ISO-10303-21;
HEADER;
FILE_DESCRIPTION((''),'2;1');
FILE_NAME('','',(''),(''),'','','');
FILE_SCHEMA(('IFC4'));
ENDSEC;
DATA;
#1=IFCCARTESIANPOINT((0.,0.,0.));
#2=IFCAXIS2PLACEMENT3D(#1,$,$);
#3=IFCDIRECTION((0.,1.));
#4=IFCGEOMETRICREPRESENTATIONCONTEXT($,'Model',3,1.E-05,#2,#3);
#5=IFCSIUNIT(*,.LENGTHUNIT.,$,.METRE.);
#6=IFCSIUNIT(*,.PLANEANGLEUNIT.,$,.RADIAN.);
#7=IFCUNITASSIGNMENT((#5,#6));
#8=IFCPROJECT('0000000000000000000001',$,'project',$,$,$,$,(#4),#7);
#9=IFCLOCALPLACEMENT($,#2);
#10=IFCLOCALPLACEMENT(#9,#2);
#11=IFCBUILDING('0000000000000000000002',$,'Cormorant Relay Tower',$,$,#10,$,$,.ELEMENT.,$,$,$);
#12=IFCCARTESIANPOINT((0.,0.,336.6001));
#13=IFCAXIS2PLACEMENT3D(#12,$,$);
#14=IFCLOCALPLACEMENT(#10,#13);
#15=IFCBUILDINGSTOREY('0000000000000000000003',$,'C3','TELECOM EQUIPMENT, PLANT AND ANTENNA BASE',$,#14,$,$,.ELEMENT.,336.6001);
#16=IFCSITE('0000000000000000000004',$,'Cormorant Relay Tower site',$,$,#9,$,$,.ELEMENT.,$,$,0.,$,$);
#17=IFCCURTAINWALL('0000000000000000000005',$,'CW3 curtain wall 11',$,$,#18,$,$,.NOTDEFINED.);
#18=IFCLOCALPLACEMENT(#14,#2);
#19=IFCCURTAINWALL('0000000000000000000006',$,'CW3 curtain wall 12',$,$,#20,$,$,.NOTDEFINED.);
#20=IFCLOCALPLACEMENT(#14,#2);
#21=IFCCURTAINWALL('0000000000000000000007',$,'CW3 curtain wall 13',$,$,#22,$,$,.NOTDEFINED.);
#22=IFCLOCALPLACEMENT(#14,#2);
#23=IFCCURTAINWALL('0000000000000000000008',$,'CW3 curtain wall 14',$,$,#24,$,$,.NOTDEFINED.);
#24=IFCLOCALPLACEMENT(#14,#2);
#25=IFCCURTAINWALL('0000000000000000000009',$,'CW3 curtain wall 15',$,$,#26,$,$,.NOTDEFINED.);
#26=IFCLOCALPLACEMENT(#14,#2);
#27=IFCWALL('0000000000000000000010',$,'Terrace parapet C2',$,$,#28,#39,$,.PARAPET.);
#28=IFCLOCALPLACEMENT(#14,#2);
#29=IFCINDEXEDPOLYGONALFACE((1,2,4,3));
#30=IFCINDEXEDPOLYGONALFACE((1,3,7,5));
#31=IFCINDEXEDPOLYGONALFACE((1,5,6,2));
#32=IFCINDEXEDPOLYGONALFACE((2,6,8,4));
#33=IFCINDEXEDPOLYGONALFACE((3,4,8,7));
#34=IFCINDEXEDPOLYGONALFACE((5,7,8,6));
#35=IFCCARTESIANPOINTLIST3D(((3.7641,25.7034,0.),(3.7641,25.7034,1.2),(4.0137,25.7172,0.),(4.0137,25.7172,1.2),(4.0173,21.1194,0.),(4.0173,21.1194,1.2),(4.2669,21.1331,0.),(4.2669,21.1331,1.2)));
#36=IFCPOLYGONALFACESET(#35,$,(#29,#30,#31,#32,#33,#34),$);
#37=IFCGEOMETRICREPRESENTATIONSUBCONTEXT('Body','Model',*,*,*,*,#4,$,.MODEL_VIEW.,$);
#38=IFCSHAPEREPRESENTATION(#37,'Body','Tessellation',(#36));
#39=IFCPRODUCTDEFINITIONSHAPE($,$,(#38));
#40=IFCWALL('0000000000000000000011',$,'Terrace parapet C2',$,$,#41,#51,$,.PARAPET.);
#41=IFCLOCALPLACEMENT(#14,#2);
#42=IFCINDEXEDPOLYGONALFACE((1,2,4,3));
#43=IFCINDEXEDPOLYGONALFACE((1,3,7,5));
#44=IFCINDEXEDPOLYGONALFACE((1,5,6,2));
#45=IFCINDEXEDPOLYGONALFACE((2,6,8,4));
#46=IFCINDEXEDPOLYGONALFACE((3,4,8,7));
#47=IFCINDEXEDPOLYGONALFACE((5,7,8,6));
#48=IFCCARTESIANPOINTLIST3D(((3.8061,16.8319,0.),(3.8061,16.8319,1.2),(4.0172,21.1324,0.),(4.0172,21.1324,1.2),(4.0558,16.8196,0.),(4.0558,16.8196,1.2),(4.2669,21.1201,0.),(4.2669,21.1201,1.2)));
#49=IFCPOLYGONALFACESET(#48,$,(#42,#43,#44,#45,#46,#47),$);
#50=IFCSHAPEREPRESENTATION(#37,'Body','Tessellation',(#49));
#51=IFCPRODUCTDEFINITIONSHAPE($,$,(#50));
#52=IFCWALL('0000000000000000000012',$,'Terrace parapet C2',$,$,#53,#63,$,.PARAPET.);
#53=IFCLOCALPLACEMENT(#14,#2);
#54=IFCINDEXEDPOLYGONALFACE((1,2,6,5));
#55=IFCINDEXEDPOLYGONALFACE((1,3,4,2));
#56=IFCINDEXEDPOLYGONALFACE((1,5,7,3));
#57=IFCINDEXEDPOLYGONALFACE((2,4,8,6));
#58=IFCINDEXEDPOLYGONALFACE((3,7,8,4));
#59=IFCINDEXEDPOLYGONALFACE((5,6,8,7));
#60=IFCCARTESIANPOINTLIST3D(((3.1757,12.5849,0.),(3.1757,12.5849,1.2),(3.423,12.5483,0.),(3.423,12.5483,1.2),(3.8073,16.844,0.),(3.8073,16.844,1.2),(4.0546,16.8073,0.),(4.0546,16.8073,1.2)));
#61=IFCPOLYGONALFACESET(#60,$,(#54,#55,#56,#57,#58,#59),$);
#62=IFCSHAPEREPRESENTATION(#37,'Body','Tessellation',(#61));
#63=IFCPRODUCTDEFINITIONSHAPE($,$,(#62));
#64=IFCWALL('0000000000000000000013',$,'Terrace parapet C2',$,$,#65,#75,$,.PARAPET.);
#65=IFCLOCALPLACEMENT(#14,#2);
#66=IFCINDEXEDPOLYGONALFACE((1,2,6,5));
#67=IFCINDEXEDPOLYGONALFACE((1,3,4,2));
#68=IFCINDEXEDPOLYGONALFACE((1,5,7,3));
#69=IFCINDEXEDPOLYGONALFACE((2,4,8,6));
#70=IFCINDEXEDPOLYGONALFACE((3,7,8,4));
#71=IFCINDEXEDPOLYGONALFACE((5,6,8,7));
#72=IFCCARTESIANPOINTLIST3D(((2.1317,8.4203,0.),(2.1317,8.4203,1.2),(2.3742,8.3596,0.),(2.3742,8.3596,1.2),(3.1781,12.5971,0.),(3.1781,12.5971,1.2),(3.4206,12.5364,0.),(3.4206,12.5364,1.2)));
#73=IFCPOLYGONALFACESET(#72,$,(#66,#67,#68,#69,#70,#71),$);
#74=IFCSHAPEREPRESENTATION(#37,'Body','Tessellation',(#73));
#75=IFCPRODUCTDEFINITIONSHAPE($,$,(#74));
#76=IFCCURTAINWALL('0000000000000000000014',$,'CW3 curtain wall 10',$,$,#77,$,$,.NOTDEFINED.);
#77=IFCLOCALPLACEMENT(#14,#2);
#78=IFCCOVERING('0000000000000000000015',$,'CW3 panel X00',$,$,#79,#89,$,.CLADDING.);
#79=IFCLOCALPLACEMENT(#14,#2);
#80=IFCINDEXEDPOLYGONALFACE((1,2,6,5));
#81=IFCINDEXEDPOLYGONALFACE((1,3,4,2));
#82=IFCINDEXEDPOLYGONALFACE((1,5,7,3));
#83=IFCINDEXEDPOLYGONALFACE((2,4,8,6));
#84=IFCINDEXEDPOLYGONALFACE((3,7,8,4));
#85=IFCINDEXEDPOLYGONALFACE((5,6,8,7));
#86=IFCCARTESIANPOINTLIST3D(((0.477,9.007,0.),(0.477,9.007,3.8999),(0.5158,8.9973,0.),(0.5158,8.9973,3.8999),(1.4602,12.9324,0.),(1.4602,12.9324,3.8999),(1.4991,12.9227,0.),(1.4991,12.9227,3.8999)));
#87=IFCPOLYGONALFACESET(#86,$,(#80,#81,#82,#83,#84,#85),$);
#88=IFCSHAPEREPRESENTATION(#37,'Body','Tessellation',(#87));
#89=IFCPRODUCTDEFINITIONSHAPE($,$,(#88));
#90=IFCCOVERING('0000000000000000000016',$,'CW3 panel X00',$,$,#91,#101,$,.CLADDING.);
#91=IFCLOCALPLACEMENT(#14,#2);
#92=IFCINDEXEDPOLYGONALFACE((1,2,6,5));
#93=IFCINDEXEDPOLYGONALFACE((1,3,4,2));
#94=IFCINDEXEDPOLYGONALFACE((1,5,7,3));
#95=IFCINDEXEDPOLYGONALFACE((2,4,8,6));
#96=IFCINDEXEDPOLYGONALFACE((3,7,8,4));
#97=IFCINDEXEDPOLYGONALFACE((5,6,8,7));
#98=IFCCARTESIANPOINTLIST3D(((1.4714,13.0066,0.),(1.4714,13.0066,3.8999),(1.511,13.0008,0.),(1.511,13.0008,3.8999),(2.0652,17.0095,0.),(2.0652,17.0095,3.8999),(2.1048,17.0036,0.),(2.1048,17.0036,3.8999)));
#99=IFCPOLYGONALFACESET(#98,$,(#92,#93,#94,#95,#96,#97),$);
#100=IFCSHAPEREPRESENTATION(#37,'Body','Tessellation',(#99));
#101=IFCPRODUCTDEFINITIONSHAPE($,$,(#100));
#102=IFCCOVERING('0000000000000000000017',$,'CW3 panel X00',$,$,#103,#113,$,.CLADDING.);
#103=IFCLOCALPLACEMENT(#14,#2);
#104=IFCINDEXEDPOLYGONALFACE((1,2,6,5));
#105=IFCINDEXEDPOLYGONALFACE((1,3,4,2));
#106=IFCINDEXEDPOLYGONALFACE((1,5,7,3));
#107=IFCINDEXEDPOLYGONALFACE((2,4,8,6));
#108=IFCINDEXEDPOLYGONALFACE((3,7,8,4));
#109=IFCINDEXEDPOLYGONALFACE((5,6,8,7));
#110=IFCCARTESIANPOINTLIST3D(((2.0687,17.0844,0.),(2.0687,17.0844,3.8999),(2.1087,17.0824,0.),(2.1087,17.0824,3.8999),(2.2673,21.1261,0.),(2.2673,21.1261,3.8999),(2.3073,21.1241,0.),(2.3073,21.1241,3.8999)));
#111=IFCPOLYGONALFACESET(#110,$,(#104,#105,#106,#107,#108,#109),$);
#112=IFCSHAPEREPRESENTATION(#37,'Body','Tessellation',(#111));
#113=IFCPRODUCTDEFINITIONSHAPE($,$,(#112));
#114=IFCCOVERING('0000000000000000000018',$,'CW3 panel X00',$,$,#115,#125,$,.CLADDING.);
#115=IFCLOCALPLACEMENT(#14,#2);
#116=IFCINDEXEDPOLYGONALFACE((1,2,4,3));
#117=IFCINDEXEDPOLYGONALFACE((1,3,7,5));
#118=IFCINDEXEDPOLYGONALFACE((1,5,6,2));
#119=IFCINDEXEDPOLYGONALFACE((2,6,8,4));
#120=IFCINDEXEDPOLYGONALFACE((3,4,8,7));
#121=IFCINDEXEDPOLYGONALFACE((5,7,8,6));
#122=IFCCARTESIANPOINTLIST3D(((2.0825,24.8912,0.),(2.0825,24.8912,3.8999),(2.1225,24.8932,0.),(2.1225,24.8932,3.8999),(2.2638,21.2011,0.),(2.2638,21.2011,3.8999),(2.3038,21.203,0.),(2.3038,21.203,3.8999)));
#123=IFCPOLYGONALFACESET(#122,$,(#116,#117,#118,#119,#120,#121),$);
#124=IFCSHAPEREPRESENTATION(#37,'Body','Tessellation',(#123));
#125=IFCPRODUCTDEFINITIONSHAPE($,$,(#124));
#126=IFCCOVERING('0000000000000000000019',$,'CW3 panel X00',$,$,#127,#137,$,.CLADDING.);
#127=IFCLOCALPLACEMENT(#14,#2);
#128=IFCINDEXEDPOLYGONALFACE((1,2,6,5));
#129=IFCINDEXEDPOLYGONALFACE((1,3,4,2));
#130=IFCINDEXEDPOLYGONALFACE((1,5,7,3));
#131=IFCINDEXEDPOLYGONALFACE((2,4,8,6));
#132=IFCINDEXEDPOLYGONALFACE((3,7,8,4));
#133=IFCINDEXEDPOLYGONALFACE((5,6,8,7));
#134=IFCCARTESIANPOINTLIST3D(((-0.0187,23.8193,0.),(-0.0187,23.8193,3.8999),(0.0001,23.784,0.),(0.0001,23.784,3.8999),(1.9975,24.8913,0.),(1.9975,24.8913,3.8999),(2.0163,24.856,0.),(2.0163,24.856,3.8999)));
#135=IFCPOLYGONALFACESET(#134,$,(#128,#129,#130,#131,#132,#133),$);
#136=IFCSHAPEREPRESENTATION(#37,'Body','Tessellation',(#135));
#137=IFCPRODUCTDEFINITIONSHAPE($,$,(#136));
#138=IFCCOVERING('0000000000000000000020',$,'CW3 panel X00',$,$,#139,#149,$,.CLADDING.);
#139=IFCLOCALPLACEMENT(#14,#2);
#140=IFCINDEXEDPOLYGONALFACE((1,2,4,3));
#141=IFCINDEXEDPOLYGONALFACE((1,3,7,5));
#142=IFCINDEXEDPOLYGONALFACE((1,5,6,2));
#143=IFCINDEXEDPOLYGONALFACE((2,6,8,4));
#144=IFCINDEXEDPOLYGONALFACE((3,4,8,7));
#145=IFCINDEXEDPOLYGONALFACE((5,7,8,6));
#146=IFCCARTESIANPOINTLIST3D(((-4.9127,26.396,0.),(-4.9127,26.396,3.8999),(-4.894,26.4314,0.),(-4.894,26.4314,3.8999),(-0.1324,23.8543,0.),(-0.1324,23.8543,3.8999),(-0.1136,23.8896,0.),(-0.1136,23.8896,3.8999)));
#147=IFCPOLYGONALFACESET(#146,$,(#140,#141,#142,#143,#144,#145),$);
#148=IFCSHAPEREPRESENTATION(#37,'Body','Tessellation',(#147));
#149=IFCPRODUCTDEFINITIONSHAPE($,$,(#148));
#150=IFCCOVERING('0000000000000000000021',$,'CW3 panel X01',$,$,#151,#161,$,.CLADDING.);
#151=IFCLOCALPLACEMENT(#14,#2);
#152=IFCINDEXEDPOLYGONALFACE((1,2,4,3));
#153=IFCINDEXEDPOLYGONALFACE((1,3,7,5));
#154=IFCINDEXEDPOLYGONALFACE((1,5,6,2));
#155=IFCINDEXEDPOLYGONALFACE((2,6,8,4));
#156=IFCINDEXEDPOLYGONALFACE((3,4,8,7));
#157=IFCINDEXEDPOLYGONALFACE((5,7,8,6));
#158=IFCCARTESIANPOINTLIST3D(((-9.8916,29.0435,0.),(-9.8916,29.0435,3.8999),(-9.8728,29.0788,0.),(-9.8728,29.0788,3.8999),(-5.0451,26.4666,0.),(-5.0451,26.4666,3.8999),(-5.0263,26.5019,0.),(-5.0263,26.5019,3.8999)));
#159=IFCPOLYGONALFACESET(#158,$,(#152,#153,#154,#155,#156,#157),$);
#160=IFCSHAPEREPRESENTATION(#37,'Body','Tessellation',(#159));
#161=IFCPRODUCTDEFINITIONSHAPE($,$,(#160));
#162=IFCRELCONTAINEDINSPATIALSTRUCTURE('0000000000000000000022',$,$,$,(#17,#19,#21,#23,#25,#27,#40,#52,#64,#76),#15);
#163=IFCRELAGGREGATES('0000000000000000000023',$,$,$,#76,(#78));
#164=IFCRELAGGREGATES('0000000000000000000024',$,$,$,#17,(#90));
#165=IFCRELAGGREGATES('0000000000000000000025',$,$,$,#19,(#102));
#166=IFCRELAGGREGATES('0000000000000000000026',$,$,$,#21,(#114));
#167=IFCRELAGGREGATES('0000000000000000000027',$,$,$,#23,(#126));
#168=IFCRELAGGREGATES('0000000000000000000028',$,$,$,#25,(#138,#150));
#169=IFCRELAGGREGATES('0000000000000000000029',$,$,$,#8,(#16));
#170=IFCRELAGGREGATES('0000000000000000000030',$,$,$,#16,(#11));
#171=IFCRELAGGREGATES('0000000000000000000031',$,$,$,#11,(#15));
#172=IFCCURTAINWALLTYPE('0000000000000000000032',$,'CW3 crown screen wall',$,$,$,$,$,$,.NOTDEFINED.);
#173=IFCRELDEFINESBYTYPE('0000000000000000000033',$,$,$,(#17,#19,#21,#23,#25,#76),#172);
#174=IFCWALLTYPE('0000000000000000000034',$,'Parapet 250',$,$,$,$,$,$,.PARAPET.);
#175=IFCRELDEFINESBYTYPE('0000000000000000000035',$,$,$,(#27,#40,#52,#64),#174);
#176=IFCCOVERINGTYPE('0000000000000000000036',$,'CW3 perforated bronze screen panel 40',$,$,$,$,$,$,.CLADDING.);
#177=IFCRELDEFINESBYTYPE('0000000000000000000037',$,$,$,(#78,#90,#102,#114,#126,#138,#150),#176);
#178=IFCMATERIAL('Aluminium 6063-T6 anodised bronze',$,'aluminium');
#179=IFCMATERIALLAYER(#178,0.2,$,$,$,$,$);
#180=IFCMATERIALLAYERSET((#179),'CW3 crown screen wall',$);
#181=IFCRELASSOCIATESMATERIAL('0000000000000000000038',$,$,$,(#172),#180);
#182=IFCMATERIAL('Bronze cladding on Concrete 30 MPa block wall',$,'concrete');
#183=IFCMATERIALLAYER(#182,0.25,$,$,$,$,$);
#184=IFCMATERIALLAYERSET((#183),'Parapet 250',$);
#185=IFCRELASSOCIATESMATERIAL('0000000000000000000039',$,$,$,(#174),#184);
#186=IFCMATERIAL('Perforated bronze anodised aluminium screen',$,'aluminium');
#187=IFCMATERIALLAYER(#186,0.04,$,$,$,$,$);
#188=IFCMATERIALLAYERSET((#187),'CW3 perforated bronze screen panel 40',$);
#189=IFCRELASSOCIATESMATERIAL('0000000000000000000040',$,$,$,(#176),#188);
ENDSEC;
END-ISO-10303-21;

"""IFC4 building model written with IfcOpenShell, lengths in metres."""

from ifc_helpers import new_model, si_unit, direction, frame, frame_2d, origin, origin_2d, place, context, subcontext, project, spatial, rectangle, extrude, material, layer, layer_set, type_object, element, aggregate, save


model = new_model("IFC4")

# Units and contexts
model_context = context("Model", 3, precision=1e-05, world=origin(), true_north=direction((0.0, 1.0)))
body_context = subcontext(model_context, "Body", "Model", "MODEL_VIEW")
ifc_project = project(units=[si_unit("LENGTHUNIT", "METRE"), si_unit("PLANEANGLEUNIT", "RADIAN")], contexts=[model_context])

# Site, building, storey
site_placement = place(None, origin())
site = spatial("IfcSite", under=ifc_project, at=site_placement, Name="Cormorant Relay Tower site", CompositionType="ELEMENT", RefElevation=0.0)
building_placement = place(site_placement, origin())
building = spatial("IfcBuilding", under=site, at=building_placement, Name="Cormorant Relay Tower", CompositionType="ELEMENT")
storey_placement = place(building_placement, frame((0.0, 0.0, 336.6001)))
storey = spatial("IfcBuildingStorey", under=building, at=storey_placement, Name="C3", Description="TELECOM EQUIPMENT, PLANT AND ANTENNA BASE", CompositionType="ELEMENT", Elevation=336.6001)

# Curtain walls
ifc_material_1 = material(Name="Aluminium 6063-T6 anodised bronze", Category="aluminium")
ifc_layer_1 = layer(ifc_material_1, 0.2)
ifc_layer_set_1 = layer_set([ifc_layer_1], Name="CW3 crown screen wall")
curtain_wall_type = type_object("IfcCurtainWallType", Name="CW3 crown screen wall", PredefinedType="NOTDEFINED", material=ifc_layer_set_1)
curtain_wall_1_placement = place(storey_placement, origin())
curtain_wall_1 = element("IfcCurtainWall", 1, at=curtain_wall_1_placement, inside=storey, type_object=curtain_wall_type, Name="CW3 curtain wall 11", PredefinedType="NOTDEFINED")
curtain_wall_2_placement = place(storey_placement, origin())
curtain_wall_2 = element("IfcCurtainWall", 2, at=curtain_wall_2_placement, inside=storey, type_object=curtain_wall_type, Name="CW3 curtain wall 12", PredefinedType="NOTDEFINED")
curtain_wall_3_placement = place(storey_placement, origin())
curtain_wall_3 = element("IfcCurtainWall", 3, at=curtain_wall_3_placement, inside=storey, type_object=curtain_wall_type, Name="CW3 curtain wall 13", PredefinedType="NOTDEFINED")
curtain_wall_4_placement = place(storey_placement, origin())
curtain_wall_4 = element("IfcCurtainWall", 4, at=curtain_wall_4_placement, inside=storey, type_object=curtain_wall_type, Name="CW3 curtain wall 14", PredefinedType="NOTDEFINED")

# Curtain wall
curtain_wall_5_placement = place(storey_placement, origin())
curtain_wall_5 = element("IfcCurtainWall", 5, at=curtain_wall_5_placement, inside=storey, type_object=curtain_wall_type, Name="CW3 curtain wall 15", PredefinedType="NOTDEFINED")

# Walls
ifc_material_2 = material(Name="Bronze cladding on Concrete 30 MPa block wall", Category="concrete")
ifc_layer_2 = layer(ifc_material_2, 0.25)
ifc_layer_set_2 = layer_set([ifc_layer_2], Name="Parapet 250")
wall_type_1 = type_object("IfcWallType", Name="Parapet 250", PredefinedType="PARAPET", material=ifc_layer_set_2)
wall_1_placement = place(storey_placement, frame((3.8889, 25.7102, 0.0), z_axis=(0.0, 0.0, 1.0), x_axis=(0.055146, -0.998478, 0.0)))
element("IfcWall", 6, at=wall_1_placement, inside=storey, type_object=wall_type_1, Name="Terrace parapet C2", PredefinedType="PARAPET", context=body_context, shape_type="SweptSolid", body=[
    extrude(rectangle(XDim=4.5911, YDim=0.25, at=frame_2d((2.2954, 0.0))), origin(), (0.0, 0.0, 1.0), 1.2),
])
for number, where, z_axis, x_axis, name in (
    (7, (4.1421, 21.1262, 0.0), (0.0, 0.0, 1.0), (-0.049047, -0.998796, 0.0), "Terrace parapet C2"),
    (8, (3.9309, 16.8257, 0.0), (0.0, 0.0, 1.0), (-0.14669, -0.989182, 0.0), "Terrace parapet C2"),
):
    element("IfcWall", number, at=place(storey_placement, frame(where, z_axis=z_axis, x_axis=x_axis)), inside=storey, type_object=wall_type_1, Name=name, PredefinedType="PARAPET", context=body_context, shape_type="SweptSolid", body=[
        extrude(rectangle(XDim=4.3057, YDim=0.25, at=frame_2d((2.1528, 0.0))), origin(), (0.0, 0.0, 1.0), 1.2),
    ])
wall_2_placement = place(storey_placement, frame((3.2993, 12.5667, 0.0), z_axis=(0.0, 0.0, 1.0), x_axis=(-0.243016, -0.970022, 0.0)))
element("IfcWall", 9, at=wall_2_placement, inside=storey, type_object=wall_type_1, Name="Terrace parapet C2", PredefinedType="PARAPET", context=body_context, shape_type="SweptSolid", body=[
    extrude(rectangle(XDim=4.3059, YDim=0.25, at=frame_2d((2.1528, 0.0))), origin(), (0.0, 0.0, 1.0), 1.2),
])

# Curtain wall, covering
curtain_wall_6_placement = place(storey_placement, origin())
curtain_wall_6 = element("IfcCurtainWall", 10, at=curtain_wall_6_placement, inside=storey, type_object=curtain_wall_type, Name="CW3 curtain wall 10", PredefinedType="NOTDEFINED")
ifc_material_3 = material(Name="Perforated bronze anodised aluminium screen", Category="aluminium")
ifc_layer_3 = layer(ifc_material_3, 0.04)
ifc_layer_set_3 = layer_set([ifc_layer_3], Name="CW3 perforated bronze screen panel 40")
covering_type = type_object("IfcCoveringType", Name="CW3 perforated bronze screen panel 40", PredefinedType="CLADDING", material=ifc_layer_set_3)
covering_1_placement = place(storey_placement, frame((0.988, 10.9648, 0.0), z_axis=(0.0, 0.0, 1.0), x_axis=(0.24298, 0.970031, 0.0)))
covering_1 = element("IfcCovering", 11, at=covering_1_placement, type_object=covering_type, Name="CW3 panel X00", PredefinedType="CLADDING", context=body_context, shape_type="SweptSolid", body=[
    extrude(rectangle(XDim=4.0466, YDim=0.04, at=origin_2d()), origin(), (0.0, 0.0, 1.0), 3.8999),
])
aggregate(curtain_wall_6, [covering_1])

# Coverings
covering_2_placement = place(storey_placement, frame((1.7881, 15.0051, 0.0), z_axis=(0.0, 0.0, 1.0), x_axis=(0.14673, 0.989177, 0.0)))
covering_2 = element("IfcCovering", 12, at=covering_2_placement, type_object=covering_type, Name="CW3 panel X00", PredefinedType="CLADDING", context=body_context, shape_type="SweptSolid", body=[
    extrude(rectangle(XDim=4.0466, YDim=0.04, at=origin_2d()), origin(), (0.0, 0.0, 1.0), 3.8999),
])
aggregate(curtain_wall_1, [covering_2])
covering_3_placement = place(storey_placement, frame((2.188, 19.1042, 0.0), z_axis=(0.0, 0.0, 1.0), x_axis=(0.049068, 0.998795, 0.0)))
covering_3 = element("IfcCovering", 13, at=covering_3_placement, type_object=covering_type, Name="CW3 panel X00", PredefinedType="CLADDING", context=body_context, shape_type="SweptSolid", body=[
    extrude(rectangle(XDim=4.0466, YDim=0.04, at=origin_2d()), origin(), (0.0, 0.0, 1.0), 3.8999),
])
aggregate(curtain_wall_2, [covering_3])
covering_4_placement = place(storey_placement, frame((2.1931, 23.0471, 0.0), z_axis=(0.0, 0.0, 1.0), x_axis=(-0.049068, 0.998795, 0.0)))
covering_4 = element("IfcCovering", 14, at=covering_4_placement, type_object=covering_type, Name="CW3 panel X00", PredefinedType="CLADDING", context=body_context, shape_type="SweptSolid", body=[
    extrude(rectangle(XDim=3.6946, YDim=0.04, at=origin_2d()), origin(), (0.0, 0.0, 1.0), 3.8999),
])
aggregate(curtain_wall_3, [covering_4])
covering_5_placement = place(storey_placement, frame((0.9988, 24.3376, 0.0), z_axis=(0.0, 0.0, 1.0), x_axis=(-0.882948, -0.469472, 0.0)))
covering_5 = element("IfcCovering", 15, at=covering_5_placement, type_object=covering_type, Name="CW3 panel X00", PredefinedType="CLADDING", context=body_context, shape_type="SweptSolid", body=[
    extrude(rectangle(XDim=2.2834, YDim=0.04, at=origin_2d()), origin(), (0.0, 0.0, 1.0), 3.8999),
])
aggregate(curtain_wall_4, [covering_5])
covering_6_placement = place(storey_placement, frame((-2.5132, 25.1428, 0.0), z_axis=(0.0, 0.0, 1.0), x_axis=(-0.882948, 0.469472, 0.0)))
covering_6 = element("IfcCovering", 16, at=covering_6_placement, type_object=covering_type, Name="CW3 panel X00", PredefinedType="CLADDING", context=body_context, shape_type="SweptSolid", body=[
    extrude(rectangle(XDim=5.4141, YDim=0.04, at=origin_2d()), origin(), (0.0, 0.0, 1.0), 3.8999),
])
covering_7_placement = place(storey_placement, frame((-7.459, 27.7727, 0.0), z_axis=(0.0, 0.0, 1.0), x_axis=(-0.882948, 0.469472, 0.0)))
covering_7 = element("IfcCovering", 17, at=covering_7_placement, type_object=covering_type, Name="CW3 panel X01", PredefinedType="CLADDING", context=body_context, shape_type="SweptSolid", body=[
    extrude(rectangle(XDim=5.489, YDim=0.04, at=origin_2d()), origin(), (0.0, 0.0, 1.0), 3.8999),
])
aggregate(curtain_wall_5, [covering_6, covering_7])

save(model, "model.ifc")
